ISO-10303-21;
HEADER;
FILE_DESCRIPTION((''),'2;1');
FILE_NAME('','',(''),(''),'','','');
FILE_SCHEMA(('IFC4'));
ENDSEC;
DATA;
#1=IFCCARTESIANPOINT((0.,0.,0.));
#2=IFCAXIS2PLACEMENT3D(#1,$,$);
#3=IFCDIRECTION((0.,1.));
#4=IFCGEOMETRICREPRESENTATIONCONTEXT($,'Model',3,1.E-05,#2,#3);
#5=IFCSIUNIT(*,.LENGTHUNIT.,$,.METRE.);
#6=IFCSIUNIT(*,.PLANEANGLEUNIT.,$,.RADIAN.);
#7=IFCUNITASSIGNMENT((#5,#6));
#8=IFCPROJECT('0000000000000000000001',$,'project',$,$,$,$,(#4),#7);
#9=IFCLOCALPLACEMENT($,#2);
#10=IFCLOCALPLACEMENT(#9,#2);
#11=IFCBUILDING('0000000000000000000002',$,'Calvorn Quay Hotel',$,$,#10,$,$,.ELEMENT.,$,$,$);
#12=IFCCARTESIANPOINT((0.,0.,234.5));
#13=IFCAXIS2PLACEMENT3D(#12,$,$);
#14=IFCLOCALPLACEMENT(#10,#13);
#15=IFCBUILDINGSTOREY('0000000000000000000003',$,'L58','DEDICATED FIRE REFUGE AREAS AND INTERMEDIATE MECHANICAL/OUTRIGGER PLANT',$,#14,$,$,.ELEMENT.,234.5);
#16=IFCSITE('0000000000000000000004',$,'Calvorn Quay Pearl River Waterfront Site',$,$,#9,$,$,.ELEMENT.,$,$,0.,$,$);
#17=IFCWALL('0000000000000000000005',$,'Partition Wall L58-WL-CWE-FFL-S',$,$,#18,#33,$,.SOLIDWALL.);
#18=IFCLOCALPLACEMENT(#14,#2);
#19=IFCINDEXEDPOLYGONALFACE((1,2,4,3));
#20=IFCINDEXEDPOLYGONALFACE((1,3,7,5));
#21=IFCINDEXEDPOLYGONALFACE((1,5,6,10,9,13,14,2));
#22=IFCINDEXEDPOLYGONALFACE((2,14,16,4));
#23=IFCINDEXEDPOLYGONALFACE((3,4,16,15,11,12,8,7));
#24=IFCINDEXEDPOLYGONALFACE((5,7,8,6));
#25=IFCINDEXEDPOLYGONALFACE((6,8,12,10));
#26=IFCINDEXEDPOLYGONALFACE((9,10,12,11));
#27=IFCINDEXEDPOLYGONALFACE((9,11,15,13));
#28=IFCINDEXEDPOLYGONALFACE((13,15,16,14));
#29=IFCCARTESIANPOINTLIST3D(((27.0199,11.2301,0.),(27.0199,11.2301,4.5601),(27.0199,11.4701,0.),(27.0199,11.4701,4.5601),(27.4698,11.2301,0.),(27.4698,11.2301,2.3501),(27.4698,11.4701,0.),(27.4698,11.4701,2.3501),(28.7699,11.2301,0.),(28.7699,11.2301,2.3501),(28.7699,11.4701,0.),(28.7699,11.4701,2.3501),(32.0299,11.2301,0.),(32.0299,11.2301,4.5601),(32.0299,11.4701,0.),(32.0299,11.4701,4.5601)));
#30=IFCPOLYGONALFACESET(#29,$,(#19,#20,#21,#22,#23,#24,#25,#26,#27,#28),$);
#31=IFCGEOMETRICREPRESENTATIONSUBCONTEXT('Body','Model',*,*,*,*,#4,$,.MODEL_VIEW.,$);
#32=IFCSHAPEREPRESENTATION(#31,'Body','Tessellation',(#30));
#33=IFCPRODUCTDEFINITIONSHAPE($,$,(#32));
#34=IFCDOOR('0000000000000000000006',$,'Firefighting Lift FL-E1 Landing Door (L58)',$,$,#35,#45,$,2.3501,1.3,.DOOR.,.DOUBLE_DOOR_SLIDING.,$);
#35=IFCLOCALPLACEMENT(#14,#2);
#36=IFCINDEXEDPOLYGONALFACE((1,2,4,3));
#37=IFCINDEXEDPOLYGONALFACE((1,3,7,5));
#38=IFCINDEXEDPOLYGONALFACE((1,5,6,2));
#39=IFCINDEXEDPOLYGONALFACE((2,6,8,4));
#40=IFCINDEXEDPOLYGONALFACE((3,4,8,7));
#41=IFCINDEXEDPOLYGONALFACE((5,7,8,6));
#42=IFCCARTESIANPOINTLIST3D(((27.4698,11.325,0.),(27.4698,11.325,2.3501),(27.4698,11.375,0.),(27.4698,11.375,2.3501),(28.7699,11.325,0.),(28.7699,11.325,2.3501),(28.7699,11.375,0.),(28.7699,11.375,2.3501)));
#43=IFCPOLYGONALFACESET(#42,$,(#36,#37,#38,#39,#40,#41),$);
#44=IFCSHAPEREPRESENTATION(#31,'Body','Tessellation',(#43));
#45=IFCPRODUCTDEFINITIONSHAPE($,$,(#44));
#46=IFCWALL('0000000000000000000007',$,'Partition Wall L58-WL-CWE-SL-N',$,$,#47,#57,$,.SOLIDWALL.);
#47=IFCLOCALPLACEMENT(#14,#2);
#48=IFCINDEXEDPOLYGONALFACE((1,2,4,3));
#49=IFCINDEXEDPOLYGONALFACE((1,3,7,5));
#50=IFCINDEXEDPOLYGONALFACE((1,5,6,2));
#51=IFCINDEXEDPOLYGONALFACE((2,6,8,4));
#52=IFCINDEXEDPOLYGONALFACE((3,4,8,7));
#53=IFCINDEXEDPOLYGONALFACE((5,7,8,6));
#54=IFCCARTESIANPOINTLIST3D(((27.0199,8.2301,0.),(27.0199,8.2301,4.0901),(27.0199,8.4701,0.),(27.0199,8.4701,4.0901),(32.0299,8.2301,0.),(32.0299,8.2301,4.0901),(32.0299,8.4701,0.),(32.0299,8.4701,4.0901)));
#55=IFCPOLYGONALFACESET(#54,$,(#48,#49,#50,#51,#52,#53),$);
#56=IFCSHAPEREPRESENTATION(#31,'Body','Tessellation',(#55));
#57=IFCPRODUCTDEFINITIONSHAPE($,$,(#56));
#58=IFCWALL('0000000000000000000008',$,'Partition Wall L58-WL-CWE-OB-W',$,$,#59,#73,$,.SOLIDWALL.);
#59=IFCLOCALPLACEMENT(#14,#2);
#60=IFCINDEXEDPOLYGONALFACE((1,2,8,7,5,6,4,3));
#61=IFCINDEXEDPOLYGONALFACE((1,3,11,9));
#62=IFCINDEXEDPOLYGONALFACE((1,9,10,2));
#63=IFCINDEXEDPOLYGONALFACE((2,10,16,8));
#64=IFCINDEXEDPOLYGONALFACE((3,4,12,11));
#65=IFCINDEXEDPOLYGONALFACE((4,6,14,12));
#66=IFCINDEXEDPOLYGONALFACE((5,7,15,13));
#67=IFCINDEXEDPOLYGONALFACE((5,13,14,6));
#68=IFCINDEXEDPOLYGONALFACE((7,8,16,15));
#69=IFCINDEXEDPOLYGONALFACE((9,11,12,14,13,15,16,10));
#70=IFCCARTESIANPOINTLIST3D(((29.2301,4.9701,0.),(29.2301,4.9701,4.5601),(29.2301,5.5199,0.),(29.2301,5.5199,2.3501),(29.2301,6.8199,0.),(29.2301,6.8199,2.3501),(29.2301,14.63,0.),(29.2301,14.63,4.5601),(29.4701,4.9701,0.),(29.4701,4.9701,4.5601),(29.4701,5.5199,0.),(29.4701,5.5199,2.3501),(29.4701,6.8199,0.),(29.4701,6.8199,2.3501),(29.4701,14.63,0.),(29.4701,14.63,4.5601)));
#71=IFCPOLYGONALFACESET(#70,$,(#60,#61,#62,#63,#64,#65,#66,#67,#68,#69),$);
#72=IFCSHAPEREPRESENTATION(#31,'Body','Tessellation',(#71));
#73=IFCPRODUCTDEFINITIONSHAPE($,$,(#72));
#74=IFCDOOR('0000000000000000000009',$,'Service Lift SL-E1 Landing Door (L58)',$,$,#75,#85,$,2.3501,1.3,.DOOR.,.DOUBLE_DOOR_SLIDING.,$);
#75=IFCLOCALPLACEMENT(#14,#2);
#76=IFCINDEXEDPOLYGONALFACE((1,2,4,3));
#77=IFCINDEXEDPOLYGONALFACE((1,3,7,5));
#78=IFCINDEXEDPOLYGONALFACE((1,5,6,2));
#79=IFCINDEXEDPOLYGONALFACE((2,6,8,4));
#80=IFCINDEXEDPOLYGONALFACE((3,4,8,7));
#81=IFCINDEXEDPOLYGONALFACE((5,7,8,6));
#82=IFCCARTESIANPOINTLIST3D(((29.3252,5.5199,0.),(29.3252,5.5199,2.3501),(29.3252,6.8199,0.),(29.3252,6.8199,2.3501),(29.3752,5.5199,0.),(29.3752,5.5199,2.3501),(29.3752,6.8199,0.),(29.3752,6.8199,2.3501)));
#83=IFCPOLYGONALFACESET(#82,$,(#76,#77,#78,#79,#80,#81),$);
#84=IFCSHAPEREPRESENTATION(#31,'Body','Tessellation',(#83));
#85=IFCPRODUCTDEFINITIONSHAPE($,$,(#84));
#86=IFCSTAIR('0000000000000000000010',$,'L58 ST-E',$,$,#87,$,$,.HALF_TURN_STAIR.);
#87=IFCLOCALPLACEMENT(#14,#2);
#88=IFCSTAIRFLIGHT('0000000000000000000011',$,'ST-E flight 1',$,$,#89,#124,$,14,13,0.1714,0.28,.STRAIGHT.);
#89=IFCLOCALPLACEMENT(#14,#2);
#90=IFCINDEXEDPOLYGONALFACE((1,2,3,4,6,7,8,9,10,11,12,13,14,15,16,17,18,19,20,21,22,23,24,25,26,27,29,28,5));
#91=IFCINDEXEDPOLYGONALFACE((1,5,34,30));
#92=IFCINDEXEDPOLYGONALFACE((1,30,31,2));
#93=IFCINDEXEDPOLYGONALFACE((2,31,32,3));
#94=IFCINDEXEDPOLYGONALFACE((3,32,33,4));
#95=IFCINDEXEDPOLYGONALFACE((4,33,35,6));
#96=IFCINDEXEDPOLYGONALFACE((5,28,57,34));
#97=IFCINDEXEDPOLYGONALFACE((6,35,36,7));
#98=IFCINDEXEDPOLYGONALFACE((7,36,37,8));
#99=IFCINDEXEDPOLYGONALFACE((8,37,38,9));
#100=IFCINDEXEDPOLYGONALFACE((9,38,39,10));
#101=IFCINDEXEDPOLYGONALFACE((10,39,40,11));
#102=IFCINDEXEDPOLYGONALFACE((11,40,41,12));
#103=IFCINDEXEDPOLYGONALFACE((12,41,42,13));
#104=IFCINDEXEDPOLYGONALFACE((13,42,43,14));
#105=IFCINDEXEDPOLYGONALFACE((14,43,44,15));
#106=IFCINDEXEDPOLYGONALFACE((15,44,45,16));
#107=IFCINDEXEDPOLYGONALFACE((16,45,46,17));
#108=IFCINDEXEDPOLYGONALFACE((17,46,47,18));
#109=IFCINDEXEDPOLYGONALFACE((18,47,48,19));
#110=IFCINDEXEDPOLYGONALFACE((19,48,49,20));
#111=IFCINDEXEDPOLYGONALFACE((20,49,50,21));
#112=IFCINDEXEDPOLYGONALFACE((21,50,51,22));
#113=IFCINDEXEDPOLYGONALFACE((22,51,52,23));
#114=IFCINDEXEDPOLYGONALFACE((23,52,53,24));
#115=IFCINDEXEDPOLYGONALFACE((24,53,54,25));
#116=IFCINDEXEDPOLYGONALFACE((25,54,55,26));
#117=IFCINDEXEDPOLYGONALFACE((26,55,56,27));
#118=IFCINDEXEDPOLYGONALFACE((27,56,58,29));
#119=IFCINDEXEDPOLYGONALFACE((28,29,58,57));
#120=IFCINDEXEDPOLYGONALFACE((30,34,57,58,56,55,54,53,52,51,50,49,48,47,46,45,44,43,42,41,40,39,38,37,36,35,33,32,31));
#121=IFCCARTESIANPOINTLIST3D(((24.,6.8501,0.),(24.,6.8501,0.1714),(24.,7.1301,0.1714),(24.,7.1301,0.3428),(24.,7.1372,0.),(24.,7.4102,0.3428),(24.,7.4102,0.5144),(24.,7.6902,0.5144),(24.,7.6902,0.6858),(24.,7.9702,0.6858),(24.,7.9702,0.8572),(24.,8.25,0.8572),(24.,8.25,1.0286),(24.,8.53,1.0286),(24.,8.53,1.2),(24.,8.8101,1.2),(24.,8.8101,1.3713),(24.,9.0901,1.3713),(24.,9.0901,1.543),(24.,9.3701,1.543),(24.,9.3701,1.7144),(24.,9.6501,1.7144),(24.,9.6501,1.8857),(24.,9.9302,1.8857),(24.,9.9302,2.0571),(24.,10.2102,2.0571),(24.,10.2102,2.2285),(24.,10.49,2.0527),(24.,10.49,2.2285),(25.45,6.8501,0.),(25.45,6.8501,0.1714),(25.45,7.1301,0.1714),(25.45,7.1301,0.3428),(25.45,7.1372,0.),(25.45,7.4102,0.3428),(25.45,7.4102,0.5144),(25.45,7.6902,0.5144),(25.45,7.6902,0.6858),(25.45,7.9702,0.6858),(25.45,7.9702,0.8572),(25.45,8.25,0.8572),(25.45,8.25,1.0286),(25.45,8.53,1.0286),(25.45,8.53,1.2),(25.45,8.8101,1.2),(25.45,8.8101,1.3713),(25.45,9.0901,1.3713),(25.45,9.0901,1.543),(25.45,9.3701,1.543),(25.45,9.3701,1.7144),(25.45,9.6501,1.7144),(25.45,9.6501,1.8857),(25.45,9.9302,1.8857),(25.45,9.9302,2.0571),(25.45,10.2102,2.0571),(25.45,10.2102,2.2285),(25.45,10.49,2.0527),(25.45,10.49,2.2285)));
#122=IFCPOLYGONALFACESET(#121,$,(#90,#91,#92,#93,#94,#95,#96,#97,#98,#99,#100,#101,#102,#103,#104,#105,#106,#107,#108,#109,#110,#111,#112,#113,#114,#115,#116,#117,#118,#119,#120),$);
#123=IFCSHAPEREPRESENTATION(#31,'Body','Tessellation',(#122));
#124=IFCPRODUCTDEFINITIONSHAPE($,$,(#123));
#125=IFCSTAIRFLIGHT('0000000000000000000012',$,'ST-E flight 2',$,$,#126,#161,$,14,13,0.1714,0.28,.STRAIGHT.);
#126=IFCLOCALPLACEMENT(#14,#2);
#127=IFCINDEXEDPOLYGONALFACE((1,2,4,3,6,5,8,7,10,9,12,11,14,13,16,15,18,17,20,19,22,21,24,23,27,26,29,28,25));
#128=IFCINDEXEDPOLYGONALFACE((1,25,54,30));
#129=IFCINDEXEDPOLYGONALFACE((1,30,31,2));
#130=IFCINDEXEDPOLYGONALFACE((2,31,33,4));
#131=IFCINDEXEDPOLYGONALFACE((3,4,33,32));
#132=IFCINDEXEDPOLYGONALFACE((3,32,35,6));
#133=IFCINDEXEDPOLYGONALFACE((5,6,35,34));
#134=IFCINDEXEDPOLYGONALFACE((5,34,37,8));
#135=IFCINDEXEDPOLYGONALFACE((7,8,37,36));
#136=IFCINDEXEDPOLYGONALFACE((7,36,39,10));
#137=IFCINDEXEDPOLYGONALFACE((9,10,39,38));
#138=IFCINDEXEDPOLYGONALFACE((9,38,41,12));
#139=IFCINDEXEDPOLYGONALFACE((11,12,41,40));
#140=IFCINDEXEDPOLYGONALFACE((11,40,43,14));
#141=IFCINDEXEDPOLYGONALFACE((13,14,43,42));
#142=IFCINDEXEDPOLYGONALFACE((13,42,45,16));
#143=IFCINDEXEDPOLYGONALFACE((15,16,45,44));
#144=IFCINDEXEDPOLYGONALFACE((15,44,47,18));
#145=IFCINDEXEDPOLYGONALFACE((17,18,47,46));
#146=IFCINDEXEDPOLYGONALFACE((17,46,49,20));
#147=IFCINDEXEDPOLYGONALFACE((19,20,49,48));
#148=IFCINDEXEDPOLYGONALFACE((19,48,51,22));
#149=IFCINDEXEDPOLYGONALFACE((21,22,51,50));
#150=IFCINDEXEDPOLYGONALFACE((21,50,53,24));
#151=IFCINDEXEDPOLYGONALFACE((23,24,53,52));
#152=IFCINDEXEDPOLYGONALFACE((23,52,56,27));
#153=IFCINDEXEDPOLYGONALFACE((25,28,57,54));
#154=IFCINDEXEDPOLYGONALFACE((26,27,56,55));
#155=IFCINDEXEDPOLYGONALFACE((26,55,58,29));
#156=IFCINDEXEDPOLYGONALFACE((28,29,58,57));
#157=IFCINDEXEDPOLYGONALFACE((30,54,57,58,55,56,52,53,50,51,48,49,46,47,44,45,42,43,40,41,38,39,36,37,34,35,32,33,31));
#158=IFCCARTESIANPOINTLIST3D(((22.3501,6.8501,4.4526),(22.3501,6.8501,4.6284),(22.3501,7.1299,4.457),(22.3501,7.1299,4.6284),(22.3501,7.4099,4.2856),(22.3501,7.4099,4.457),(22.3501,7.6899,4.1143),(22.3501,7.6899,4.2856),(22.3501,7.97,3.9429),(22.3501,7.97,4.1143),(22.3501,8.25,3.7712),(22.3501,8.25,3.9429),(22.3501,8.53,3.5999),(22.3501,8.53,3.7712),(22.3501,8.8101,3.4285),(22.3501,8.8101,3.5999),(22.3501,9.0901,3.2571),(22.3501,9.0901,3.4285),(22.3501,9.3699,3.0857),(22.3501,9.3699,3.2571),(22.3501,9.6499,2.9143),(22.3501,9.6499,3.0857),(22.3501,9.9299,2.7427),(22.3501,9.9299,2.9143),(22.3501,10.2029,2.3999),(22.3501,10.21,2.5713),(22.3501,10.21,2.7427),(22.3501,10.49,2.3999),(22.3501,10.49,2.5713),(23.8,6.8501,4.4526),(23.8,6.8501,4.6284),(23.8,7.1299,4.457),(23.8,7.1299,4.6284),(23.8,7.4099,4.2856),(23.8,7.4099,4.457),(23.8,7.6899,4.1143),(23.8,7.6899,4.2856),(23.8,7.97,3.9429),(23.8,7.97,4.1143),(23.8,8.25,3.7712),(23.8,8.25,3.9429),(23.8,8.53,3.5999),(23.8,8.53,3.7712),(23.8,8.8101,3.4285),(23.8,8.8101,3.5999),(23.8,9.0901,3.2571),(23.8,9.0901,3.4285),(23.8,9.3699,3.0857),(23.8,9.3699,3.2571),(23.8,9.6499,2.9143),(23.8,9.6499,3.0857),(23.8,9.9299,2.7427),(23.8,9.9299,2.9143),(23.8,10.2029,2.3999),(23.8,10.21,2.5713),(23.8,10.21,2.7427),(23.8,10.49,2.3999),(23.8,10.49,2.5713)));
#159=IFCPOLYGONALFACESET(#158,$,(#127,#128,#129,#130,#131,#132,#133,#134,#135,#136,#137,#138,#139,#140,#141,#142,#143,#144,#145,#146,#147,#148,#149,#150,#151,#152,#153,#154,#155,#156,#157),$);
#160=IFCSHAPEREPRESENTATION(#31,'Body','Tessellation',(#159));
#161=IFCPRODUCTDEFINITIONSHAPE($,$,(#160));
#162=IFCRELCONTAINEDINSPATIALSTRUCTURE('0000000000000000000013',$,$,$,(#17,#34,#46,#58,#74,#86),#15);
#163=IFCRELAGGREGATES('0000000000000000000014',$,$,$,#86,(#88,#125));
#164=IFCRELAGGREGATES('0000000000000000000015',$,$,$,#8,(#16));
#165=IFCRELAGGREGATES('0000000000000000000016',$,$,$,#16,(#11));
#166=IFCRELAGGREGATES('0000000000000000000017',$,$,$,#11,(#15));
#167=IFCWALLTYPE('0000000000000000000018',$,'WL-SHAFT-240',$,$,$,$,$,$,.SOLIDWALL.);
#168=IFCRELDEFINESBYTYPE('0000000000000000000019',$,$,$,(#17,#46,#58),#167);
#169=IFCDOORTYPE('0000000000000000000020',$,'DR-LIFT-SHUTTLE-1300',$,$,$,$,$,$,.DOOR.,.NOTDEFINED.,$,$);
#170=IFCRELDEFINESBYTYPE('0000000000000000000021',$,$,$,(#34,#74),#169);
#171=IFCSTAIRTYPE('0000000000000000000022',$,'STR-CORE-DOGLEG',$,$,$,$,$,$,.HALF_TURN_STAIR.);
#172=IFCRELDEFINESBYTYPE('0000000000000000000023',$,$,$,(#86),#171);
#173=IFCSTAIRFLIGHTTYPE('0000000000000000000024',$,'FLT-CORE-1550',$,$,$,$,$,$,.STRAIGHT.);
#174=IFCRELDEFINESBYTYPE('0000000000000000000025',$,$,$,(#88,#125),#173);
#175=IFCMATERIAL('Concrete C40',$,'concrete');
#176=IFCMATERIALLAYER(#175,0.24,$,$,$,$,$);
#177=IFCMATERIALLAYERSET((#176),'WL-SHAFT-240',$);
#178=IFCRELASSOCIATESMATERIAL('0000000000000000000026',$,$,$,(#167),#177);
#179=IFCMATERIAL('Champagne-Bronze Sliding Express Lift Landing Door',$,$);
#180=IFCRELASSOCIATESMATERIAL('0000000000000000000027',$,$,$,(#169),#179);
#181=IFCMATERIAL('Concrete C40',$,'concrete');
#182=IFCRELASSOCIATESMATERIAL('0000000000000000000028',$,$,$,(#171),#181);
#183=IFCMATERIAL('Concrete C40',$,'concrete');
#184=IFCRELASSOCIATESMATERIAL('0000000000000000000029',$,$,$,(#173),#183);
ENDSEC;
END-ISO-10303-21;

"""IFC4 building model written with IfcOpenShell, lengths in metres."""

from ifc_helpers import new_model, si_unit, direction, frame, frame_2d, origin, place, context, subcontext, project, spatial, polyline, rectangle, outline, extrude, material, layer, layer_set, type_object, element, fill, aggregate, save


model = new_model("IFC4")

# Units and contexts
model_context = context("Model", 3, precision=1e-05, world=origin(), true_north=direction((0.0, 1.0)))
body_context = subcontext(model_context, "Body", "Model", "MODEL_VIEW")
ifc_project = project(units=[si_unit("LENGTHUNIT", "METRE"), si_unit("PLANEANGLEUNIT", "RADIAN")], contexts=[model_context])

# Site, building, storey
site_placement = place(None, origin())
site = spatial("IfcSite", under=ifc_project, at=site_placement, Name="Calvorn Quay Pearl River Waterfront Site", CompositionType="ELEMENT", RefElevation=0.0)
building_placement = place(site_placement, origin())
building = spatial("IfcBuilding", under=site, at=building_placement, Name="Calvorn Quay Hotel", CompositionType="ELEMENT")
storey_placement = place(building_placement, frame((0.0, 0.0, 234.5)))
storey = spatial("IfcBuildingStorey", under=building, at=storey_placement, Name="L58", Description="DEDICATED FIRE REFUGE AREAS AND INTERMEDIATE MECHANICAL/OUTRIGGER PLANT", CompositionType="ELEMENT", Elevation=234.5)

# Shared definitions
ifc_material_1 = material(Name="Concrete C40", Category="concrete")
ifc_layer_1 = layer(ifc_material_1, 0.24)
ifc_layer_set_1 = layer_set([ifc_layer_1], Name="WL-SHAFT-240")
wall_type_1 = type_object("IfcWallType", Name="WL-SHAFT-240", PredefinedType="SOLIDWALL", material=ifc_layer_set_1)

# Wall, opening, door
wall_1_placement = place(storey_placement, frame((27.02, 11.3501, 0.0), z_axis=(0.0, 0.0, 1.0), x_axis=(1.0, 0.0, 0.0)))
wall_1 = element("IfcWall", 1, at=wall_1_placement, inside=storey, type_object=wall_type_1, Name="Partition Wall L58-WL-CWE-FFL-S", PredefinedType="SOLIDWALL", context=body_context, shape_type="SweptSolid", body=[
    extrude(rectangle(XDim=5.01, YDim=0.24, at=frame_2d((2.5049, 0.0))), origin(), (0.0, 0.0, 1.0), 4.5601),
])
opening_1_placement = place(wall_1_placement, frame((0.45, 0.0, 0.0)))
opening_1 = element("IfcOpeningElement", 2, at=opening_1_placement, cuts=wall_1, PredefinedType="OPENING", context=body_context, shape_type="SweptSolid", body=[
    extrude(rectangle(XDim=1.3, YDim=2.3501, at=frame_2d((0.6499, 1.175))), frame((0.0, 0.1299, 0.0), z_axis=(0.0, -1.0, 0.0), x_axis=(1.0, 0.0, 0.0)), (0.0, 0.0, 1.0), 0.26),
])
ifc_material_2 = material(Name="Champagne-Bronze Sliding Express Lift Landing Door")
door_type_1 = type_object("IfcDoorType", Name="DR-LIFT-SHUTTLE-1300", OperationType="NOTDEFINED", PredefinedType="DOOR", material=ifc_material_2)
door_1_placement = place(opening_1_placement, origin())
door_1 = element("IfcDoor", 3, at=door_1_placement, inside=storey, type_object=door_type_1, Name="Firefighting Lift FL-E1 Landing Door (L58)", OperationType="DOUBLE_DOOR_SLIDING", OverallHeight=2.3501, OverallWidth=1.3, PredefinedType="DOOR", context=body_context, shape_type="SweptSolid", body=[
    extrude(rectangle(XDim=1.3, YDim=2.3501, at=frame_2d((0.6499, 1.175))), frame((0.0, 0.0249, 0.0), z_axis=(0.0, -1.0, 0.0), x_axis=(1.0, 0.0, 0.0)), (0.0, 0.0, 1.0), 0.05),
])
fill(opening_1, door_1)

# Wall
wall_2_placement = place(storey_placement, frame((27.02, 8.3501, 0.0), z_axis=(0.0, 0.0, 1.0), x_axis=(1.0, 0.0, 0.0)))
element("IfcWall", 4, at=wall_2_placement, inside=storey, type_object=wall_type_1, Name="Partition Wall L58-WL-CWE-SL-N", PredefinedType="SOLIDWALL", context=body_context, shape_type="SweptSolid", body=[
    extrude(rectangle(XDim=5.01, YDim=0.24, at=frame_2d((2.5049, 0.0))), origin(), (0.0, 0.0, 1.0), 4.0901),
])

# Wall, opening, door
wall_3_placement = place(storey_placement, frame((29.3501, 4.97, 0.0), z_axis=(0.0, 0.0, 1.0), x_axis=(0.0, 1.0, 0.0)))
wall_3 = element("IfcWall", 5, at=wall_3_placement, inside=storey, type_object=wall_type_1, Name="Partition Wall L58-WL-CWE-OB-W", PredefinedType="SOLIDWALL", context=body_context, shape_type="SweptSolid", body=[
    extrude(rectangle(XDim=9.6599, YDim=0.24, at=frame_2d((4.8301, 0.0))), origin(), (0.0, 0.0, 1.0), 4.5601),
])
opening_2_placement = place(wall_3_placement, frame((0.55, 0.0, 0.0)))
opening_2 = element("IfcOpeningElement", 6, at=opening_2_placement, cuts=wall_3, PredefinedType="OPENING", context=body_context, shape_type="SweptSolid", body=[
    extrude(rectangle(XDim=1.3, YDim=2.3501, at=frame_2d((0.6499, 1.175))), frame((0.0, 0.1299, 0.0), z_axis=(0.0, -1.0, 0.0), x_axis=(1.0, 0.0, 0.0)), (0.0, 0.0, 1.0), 0.26),
])
door_2_placement = place(opening_2_placement, origin())
door_2 = element("IfcDoor", 7, at=door_2_placement, inside=storey, type_object=door_type_1, Name="Service Lift SL-E1 Landing Door (L58)", OperationType="DOUBLE_DOOR_SLIDING", OverallHeight=2.3501, OverallWidth=1.3, PredefinedType="DOOR", context=body_context, shape_type="SweptSolid", body=[
    extrude(rectangle(XDim=1.3, YDim=2.3501, at=frame_2d((0.6499, 1.175))), frame((0.0, 0.0249, 0.0), z_axis=(0.0, -1.0, 0.0), x_axis=(1.0, 0.0, 0.0)), (0.0, 0.0, 1.0), 0.05),
])
fill(opening_2, door_2)

# Stair, stair flights
ifc_material_3 = material(Name="Concrete C40", Category="concrete")
stair_type = type_object("IfcStairType", Name="STR-CORE-DOGLEG", PredefinedType="HALF_TURN_STAIR", material=ifc_material_3)
stair_placement = place(storey_placement, origin())
stair = element("IfcStair", 8, at=stair_placement, inside=storey, type_object=stair_type, Name="L58 ST-E", PredefinedType="HALF_TURN_STAIR")
ifc_material_4 = material(Name="Concrete C40", Category="concrete")
stair_flight_type = type_object("IfcStairFlightType", Name="FLT-CORE-1550", PredefinedType="STRAIGHT", material=ifc_material_4)
stair_flight_1_placement = place(storey_placement, frame((24.7251, 6.8501, 0.0), z_axis=(0.0, 0.0, 1.0), x_axis=(0.0, 1.0, 0.0)))
stair_flight_1 = element("IfcStairFlight", 9, at=stair_flight_1_placement, type_object=stair_flight_type, Name="ST-E flight 1", NumberOfRisers=14, NumberOfTreads=13, PredefinedType="STRAIGHT", RiserHeight=0.1714, TreadLength=0.28, context=body_context, shape_type="SweptSolid", body=[
    extrude(outline(polyline([(0.0, 0.0), (0.0, 0.1714), (0.28, 0.1714), (0.28, 0.3428), (0.5601, 0.3428), (0.5601, 0.5144), (0.8401, 0.5144), (0.8401, 0.6858), (1.1201, 0.6858), (1.1201, 0.8572), (1.3999, 0.8572), (1.3999, 1.0286), (1.6799, 1.0286), (1.6799, 1.2), (1.96, 1.2), (1.96, 1.3713), (2.24, 1.3713), (2.24, 1.543), (2.52, 1.543), (2.52, 1.7144), (2.8, 1.7144), (2.8, 1.8857), (3.0801, 1.8857), (3.0801, 2.0571), (3.3601, 2.0571), (3.3601, 2.2285), (3.6399, 2.2285), (3.6399, 2.3999), (3.6399, 2.0527), (0.2871, 0.0), (0.0, 0.0)])), frame((0.0, 0.7251, 0.0), z_axis=(0.0, -1.0, 0.0), x_axis=(1.0, 0.0, 0.0)), (0.0, 0.0, 1.0), 1.45),
])
stair_flight_2_placement = place(storey_placement, frame((23.075, 10.49, 2.3999), z_axis=(0.0, 0.0, 1.0), x_axis=(0.0, -1.0, 0.0)))
stair_flight_2 = element("IfcStairFlight", 10, at=stair_flight_2_placement, type_object=stair_flight_type, Name="ST-E flight 2", NumberOfRisers=14, NumberOfTreads=13, PredefinedType="STRAIGHT", RiserHeight=0.1714, TreadLength=0.28, context=body_context, shape_type="SweptSolid", body=[
    extrude(outline(polyline([(0.0, 0.0), (0.0, 0.1714), (0.28, 0.1714), (0.28, 0.3428), (0.5601, 0.3428), (0.5601, 0.5144), (0.8401, 0.5144), (0.8401, 0.6858), (1.1201, 0.6858), (1.1201, 0.8572), (1.3999, 0.8572), (1.3999, 1.0286), (1.6799, 1.0286), (1.6799, 1.2), (1.96, 1.2), (1.96, 1.3713), (2.24, 1.3713), (2.24, 1.543), (2.52, 1.543), (2.52, 1.7144), (2.8, 1.7144), (2.8, 1.8857), (3.0801, 1.8857), (3.0801, 2.0571), (3.3601, 2.0571), (3.3601, 2.2285), (3.6399, 2.2285), (3.6399, 2.3999), (3.6399, 2.0527), (0.2871, 0.0), (0.0, 0.0)])), frame((0.0, 0.7251, 0.0), z_axis=(0.0, -1.0, 0.0), x_axis=(1.0, 0.0, 0.0)), (0.0, 0.0, 1.0), 1.45),
])
aggregate(stair, [stair_flight_1, stair_flight_2])

save(model, "model.ifc")
